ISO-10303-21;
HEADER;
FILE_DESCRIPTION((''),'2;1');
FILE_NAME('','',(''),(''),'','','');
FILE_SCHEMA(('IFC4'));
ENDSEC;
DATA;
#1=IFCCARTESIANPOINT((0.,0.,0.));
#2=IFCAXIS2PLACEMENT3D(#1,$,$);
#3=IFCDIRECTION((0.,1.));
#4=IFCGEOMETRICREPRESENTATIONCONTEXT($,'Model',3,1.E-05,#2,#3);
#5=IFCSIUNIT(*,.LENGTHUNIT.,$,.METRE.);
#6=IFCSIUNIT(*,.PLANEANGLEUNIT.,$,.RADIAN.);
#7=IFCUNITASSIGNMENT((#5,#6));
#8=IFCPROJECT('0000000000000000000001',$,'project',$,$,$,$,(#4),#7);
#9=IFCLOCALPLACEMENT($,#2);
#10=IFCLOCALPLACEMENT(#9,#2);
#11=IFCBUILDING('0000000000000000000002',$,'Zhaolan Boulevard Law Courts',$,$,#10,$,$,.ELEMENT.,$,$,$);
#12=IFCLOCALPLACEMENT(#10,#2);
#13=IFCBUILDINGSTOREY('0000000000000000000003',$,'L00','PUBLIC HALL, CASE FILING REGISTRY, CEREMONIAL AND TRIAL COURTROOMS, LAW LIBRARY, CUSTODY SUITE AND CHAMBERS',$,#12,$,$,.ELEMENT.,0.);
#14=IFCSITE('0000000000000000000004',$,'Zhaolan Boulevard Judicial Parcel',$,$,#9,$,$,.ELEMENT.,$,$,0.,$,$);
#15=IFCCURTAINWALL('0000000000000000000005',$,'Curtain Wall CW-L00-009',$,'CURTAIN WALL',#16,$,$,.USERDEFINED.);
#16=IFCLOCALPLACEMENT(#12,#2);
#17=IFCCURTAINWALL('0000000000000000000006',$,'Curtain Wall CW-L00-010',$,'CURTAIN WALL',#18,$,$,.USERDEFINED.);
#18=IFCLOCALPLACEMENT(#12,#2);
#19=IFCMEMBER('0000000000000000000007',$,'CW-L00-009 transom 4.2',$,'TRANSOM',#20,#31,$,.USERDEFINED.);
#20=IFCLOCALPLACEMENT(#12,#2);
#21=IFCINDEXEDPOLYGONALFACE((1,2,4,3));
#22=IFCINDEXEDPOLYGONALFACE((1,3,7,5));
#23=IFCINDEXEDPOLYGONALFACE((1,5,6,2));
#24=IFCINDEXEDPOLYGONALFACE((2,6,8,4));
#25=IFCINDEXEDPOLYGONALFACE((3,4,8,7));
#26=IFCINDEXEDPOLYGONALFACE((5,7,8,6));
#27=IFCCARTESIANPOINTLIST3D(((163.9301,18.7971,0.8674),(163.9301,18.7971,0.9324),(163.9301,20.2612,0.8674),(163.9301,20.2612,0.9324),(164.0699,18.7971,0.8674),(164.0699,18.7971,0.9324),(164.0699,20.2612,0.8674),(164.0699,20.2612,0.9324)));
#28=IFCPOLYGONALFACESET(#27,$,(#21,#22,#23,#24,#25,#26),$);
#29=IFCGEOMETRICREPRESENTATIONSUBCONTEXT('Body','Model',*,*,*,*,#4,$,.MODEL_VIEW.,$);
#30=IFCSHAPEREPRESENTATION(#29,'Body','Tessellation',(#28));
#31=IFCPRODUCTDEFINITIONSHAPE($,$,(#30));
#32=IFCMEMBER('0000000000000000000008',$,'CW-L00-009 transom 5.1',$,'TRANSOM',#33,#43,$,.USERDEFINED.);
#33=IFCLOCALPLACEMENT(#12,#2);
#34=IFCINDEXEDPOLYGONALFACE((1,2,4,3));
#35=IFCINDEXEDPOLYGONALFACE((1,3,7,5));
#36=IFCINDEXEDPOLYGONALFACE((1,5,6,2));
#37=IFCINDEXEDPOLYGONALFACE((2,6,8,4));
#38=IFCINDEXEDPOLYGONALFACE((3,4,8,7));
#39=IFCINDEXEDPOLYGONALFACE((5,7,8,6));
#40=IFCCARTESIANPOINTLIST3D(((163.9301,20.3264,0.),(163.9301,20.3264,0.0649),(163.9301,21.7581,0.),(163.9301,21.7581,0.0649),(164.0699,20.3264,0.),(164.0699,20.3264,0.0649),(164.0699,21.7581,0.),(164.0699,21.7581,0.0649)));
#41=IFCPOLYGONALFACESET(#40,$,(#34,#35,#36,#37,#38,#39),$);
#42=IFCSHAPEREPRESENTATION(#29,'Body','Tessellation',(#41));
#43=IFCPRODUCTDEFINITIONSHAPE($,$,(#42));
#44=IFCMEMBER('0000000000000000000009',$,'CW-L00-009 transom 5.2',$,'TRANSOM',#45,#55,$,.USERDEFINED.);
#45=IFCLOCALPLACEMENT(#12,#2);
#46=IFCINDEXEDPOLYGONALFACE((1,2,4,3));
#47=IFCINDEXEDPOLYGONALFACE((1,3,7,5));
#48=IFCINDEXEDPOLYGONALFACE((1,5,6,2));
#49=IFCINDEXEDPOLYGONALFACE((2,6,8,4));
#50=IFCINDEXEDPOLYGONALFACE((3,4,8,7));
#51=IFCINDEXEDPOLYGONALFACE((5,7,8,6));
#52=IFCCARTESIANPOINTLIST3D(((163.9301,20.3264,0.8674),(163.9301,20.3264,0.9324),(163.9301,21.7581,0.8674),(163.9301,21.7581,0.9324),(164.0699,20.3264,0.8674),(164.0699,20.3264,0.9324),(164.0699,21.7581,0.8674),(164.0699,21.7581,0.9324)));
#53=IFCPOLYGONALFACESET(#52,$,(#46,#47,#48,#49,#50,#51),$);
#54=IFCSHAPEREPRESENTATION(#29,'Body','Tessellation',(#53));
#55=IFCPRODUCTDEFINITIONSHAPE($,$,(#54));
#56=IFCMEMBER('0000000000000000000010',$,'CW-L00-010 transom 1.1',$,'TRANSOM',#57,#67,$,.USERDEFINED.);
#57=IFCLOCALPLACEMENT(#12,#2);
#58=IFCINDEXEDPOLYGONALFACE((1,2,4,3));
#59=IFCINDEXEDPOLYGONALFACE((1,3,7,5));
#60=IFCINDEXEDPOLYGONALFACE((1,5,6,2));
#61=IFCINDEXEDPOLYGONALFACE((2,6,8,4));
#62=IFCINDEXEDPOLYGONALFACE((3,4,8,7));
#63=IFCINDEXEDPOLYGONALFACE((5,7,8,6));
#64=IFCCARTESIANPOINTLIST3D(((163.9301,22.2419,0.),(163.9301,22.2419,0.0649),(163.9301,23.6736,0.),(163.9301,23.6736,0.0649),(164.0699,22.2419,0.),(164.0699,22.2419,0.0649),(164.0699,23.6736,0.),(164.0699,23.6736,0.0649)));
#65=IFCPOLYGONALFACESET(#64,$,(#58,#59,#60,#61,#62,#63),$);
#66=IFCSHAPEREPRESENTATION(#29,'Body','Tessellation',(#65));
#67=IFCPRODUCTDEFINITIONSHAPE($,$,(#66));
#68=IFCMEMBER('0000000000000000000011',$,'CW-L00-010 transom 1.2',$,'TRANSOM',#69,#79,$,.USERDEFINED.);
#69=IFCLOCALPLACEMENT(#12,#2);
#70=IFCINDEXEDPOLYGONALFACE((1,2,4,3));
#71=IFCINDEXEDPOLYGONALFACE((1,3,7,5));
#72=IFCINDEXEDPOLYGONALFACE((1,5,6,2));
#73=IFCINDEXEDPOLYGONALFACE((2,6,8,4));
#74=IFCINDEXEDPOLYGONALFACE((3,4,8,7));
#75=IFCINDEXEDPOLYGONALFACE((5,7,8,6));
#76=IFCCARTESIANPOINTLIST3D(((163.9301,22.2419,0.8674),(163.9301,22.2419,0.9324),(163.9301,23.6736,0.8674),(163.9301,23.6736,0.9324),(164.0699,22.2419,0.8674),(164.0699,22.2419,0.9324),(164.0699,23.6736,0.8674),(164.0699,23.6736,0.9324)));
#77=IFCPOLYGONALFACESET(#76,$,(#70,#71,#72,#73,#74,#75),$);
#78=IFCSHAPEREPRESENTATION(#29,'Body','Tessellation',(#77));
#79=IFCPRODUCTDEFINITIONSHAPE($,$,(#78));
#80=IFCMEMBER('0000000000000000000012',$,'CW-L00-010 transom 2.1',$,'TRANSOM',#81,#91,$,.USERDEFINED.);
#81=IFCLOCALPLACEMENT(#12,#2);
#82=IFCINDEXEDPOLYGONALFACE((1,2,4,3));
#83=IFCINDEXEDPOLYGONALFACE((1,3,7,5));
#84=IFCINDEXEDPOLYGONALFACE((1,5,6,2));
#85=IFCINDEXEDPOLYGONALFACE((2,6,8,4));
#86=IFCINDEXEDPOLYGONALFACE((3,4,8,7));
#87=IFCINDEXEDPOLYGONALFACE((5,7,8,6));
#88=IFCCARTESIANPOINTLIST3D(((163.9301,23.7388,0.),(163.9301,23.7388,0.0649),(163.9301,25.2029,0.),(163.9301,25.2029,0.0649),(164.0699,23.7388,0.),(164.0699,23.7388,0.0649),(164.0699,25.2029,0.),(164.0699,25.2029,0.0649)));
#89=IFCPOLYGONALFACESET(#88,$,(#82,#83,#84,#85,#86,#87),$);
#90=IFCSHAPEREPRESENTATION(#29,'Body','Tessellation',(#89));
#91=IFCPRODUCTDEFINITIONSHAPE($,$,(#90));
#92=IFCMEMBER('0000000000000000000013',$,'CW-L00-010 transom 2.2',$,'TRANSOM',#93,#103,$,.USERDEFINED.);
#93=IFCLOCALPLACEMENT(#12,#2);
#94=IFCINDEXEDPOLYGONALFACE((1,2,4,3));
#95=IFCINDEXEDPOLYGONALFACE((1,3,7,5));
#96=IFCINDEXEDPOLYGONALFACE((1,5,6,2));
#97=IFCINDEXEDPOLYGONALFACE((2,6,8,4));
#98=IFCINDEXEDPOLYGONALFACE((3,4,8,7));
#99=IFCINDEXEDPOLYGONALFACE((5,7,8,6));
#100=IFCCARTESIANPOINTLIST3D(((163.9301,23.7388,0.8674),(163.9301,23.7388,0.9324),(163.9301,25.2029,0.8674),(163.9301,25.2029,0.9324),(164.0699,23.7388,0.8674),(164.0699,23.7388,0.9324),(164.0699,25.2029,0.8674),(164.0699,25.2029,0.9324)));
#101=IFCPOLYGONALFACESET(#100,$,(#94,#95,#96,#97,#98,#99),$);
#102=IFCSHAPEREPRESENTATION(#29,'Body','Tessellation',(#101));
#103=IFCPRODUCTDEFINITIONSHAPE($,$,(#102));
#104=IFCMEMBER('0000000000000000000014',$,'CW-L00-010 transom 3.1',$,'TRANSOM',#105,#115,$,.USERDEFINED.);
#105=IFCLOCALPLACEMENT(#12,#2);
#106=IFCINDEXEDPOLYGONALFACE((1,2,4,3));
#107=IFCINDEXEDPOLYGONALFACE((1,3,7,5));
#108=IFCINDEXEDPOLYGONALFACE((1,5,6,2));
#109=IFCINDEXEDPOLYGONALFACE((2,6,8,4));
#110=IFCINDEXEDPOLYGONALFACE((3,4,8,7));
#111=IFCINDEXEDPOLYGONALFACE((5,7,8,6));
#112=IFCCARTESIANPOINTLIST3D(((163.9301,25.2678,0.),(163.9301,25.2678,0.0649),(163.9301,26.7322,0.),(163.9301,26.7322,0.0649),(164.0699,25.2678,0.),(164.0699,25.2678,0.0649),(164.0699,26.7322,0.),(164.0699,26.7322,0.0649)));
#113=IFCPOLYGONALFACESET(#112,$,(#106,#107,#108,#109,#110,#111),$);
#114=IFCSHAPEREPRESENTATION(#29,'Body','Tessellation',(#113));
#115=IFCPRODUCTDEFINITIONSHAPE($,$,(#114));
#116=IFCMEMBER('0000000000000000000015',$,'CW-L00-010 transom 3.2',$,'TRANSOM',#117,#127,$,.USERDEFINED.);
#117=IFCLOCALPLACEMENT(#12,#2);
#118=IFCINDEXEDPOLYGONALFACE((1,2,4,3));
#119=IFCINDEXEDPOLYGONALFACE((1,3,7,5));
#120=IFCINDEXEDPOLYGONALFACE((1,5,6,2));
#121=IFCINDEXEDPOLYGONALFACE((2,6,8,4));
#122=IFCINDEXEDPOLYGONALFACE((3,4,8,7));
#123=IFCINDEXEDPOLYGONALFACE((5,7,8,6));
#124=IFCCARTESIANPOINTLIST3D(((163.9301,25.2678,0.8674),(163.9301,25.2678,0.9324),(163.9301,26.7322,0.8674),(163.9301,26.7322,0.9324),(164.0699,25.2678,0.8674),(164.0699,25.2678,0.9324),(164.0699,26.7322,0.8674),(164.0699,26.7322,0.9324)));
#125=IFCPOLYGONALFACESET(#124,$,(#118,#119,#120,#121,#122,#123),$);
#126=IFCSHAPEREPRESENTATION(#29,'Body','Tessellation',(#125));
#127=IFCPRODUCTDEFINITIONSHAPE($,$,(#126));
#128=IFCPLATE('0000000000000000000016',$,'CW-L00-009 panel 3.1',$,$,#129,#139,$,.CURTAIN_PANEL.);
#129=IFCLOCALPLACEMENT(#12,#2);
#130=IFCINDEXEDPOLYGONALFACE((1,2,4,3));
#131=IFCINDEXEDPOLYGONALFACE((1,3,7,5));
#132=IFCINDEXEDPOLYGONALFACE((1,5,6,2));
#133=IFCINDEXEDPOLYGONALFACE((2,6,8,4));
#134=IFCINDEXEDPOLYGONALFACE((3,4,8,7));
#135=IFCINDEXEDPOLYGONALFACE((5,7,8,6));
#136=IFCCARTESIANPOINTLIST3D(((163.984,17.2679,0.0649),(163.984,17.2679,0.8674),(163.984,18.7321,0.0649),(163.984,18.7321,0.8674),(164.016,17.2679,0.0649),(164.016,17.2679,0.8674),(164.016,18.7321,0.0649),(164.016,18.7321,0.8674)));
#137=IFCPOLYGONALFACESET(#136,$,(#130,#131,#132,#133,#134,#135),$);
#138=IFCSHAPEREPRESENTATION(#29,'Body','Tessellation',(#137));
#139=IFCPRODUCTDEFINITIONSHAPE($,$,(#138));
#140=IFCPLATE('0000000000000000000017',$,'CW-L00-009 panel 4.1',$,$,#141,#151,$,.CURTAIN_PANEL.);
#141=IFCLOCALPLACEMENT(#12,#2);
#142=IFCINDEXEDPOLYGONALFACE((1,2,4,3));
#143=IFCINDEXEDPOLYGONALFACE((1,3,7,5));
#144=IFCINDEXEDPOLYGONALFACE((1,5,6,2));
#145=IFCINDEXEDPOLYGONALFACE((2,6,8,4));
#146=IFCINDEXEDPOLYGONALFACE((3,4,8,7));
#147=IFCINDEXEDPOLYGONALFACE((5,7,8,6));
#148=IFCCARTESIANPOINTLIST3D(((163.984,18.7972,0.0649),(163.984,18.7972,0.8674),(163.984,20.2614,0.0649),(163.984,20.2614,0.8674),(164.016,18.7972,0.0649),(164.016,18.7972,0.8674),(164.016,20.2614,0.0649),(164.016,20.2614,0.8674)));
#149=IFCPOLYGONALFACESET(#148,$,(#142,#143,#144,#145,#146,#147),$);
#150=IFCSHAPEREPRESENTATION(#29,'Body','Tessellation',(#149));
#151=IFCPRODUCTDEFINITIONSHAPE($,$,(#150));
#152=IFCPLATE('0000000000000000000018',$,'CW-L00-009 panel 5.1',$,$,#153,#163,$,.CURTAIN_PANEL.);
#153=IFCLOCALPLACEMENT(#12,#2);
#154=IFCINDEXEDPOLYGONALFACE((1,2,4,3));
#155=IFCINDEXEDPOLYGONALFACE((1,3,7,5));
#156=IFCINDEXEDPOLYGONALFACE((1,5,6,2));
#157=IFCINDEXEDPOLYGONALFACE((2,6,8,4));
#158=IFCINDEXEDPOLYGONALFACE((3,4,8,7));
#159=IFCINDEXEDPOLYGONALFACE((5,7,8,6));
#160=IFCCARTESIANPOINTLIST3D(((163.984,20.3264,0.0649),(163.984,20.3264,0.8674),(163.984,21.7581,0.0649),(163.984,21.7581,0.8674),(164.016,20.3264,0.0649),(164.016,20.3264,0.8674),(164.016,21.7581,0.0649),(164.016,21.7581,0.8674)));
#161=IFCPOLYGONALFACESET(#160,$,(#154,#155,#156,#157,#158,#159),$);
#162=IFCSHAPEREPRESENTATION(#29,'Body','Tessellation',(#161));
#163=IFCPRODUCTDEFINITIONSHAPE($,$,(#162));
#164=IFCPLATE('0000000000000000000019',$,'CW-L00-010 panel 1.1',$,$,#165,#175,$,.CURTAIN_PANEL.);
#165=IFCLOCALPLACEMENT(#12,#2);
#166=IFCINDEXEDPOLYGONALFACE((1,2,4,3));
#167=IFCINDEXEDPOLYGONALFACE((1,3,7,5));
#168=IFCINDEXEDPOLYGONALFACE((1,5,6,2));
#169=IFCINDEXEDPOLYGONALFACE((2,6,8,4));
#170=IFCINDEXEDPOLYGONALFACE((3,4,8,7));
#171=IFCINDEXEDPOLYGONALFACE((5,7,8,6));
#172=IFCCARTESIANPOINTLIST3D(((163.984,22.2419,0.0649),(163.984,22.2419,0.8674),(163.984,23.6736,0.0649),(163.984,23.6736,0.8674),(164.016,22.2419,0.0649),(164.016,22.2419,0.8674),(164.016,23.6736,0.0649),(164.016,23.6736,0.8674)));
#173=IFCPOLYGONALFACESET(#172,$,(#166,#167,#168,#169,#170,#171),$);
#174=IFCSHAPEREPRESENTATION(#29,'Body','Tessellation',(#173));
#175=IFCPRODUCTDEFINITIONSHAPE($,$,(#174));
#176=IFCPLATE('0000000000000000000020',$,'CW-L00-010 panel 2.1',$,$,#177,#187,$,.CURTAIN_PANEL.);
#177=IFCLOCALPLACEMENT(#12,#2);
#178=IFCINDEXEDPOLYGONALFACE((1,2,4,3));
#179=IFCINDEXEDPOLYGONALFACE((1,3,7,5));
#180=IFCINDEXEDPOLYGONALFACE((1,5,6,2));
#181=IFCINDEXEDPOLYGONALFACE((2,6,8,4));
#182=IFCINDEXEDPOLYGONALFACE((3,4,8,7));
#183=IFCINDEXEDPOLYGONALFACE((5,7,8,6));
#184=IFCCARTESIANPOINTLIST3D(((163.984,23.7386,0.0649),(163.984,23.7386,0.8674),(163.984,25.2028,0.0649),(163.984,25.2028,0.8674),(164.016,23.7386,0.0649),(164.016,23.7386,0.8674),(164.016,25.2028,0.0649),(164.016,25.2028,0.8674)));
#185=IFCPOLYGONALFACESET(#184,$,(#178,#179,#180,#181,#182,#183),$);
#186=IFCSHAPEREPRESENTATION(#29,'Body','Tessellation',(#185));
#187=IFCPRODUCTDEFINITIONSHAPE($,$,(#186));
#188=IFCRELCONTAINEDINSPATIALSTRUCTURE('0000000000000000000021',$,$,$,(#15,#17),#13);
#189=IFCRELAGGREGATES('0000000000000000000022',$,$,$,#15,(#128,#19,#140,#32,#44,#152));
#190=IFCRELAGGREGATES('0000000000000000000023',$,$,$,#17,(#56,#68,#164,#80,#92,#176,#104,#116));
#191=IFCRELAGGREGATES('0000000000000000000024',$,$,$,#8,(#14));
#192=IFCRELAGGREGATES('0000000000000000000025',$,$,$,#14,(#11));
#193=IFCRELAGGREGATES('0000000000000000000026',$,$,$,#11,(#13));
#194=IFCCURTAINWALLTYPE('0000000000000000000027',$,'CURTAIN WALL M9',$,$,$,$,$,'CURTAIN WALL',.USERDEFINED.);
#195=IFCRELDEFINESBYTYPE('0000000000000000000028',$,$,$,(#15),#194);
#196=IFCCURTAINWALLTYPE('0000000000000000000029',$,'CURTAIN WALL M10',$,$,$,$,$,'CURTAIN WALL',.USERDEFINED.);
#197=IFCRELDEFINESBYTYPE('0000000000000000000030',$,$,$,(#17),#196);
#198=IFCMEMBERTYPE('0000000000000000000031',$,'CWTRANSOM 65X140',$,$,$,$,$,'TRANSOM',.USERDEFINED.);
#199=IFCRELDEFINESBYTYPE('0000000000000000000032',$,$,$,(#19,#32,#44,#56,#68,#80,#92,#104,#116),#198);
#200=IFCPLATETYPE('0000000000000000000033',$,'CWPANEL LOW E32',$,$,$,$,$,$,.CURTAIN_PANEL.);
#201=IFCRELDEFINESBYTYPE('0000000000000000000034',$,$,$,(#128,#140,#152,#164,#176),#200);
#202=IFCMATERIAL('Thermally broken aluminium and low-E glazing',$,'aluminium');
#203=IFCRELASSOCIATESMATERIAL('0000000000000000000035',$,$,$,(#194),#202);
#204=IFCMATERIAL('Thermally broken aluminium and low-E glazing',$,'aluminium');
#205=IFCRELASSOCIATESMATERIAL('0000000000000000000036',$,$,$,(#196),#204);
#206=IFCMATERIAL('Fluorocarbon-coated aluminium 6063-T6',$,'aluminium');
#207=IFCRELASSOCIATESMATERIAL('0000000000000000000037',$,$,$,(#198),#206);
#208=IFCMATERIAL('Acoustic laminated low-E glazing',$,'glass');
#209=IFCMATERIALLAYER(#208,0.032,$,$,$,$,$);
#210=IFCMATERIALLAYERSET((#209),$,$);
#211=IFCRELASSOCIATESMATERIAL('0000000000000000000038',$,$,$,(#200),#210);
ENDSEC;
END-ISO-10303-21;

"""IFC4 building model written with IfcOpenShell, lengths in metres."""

from ifc_helpers import new_model, si_unit, direction, frame, origin, origin_2d, place, context, subcontext, project, spatial, rectangle, extrude, material, layer, layer_set, material_profile, profile_set, type_object, element, aggregate, save


model = new_model("IFC4")

# Units and contexts
model_context = context("Model", 3, precision=1e-05, world=origin(), true_north=direction((0.0, 1.0)))
body_context = subcontext(model_context, "Body", "Model", "MODEL_VIEW")
ifc_project = project(units=[si_unit("LENGTHUNIT", "METRE"), si_unit("PLANEANGLEUNIT", "RADIAN")], contexts=[model_context])

# Site, building, storey
site_placement = place(None, origin())
site = spatial("IfcSite", under=ifc_project, at=site_placement, Name="Zhaolan Boulevard Judicial Parcel", CompositionType="ELEMENT", RefElevation=0.0)
building_placement = place(site_placement, origin())
building = spatial("IfcBuilding", under=site, at=building_placement, Name="Zhaolan Boulevard Law Courts", CompositionType="ELEMENT")
storey_placement = place(building_placement, origin())
storey = spatial("IfcBuildingStorey", under=building, at=storey_placement, Name="L00", Description="PUBLIC HALL, CASE FILING REGISTRY, CEREMONIAL AND TRIAL COURTROOMS, LAW LIBRARY, CUSTODY SUITE AND CHAMBERS", CompositionType="ELEMENT", Elevation=0.0)

# Curtain walls
ifc_material_1 = material(Name="Thermally broken aluminium and low-E glazing", Category="aluminium")
curtain_wall_type_1 = type_object("IfcCurtainWallType", Name="CURTAIN WALL M9", ElementType="CURTAIN WALL", PredefinedType="USERDEFINED", material=ifc_material_1)
curtain_wall_1_placement = place(storey_placement, origin())
curtain_wall_1 = element("IfcCurtainWall", 1, at=curtain_wall_1_placement, inside=storey, type_object=curtain_wall_type_1, Name="Curtain Wall CW-L00-009", ObjectType="CURTAIN WALL", PredefinedType="USERDEFINED")
ifc_material_2 = material(Name="Thermally broken aluminium and low-E glazing", Category="aluminium")
curtain_wall_type_2 = type_object("IfcCurtainWallType", Name="CURTAIN WALL M10", ElementType="CURTAIN WALL", PredefinedType="USERDEFINED", material=ifc_material_2)
curtain_wall_2_placement = place(storey_placement, origin())
curtain_wall_2 = element("IfcCurtainWall", 2, at=curtain_wall_2_placement, inside=storey, type_object=curtain_wall_type_2, Name="Curtain Wall CW-L00-010", ObjectType="CURTAIN WALL", PredefinedType="USERDEFINED")

# Members
ifc_material_3 = material(Name="Fluorocarbon-coated aluminium 6063-T6", Category="aluminium")
ifc_material_profile_1 = material_profile(ifc_material_3, rectangle(XDim=0.1399, YDim=0.0649, at=origin_2d()), Name="AL65x140")
ifc_profile_set_1 = profile_set([ifc_material_profile_1], Name="Fluorocarbon-coated aluminium 6063-T6")
member_type_1 = type_object("IfcMemberType", Name="CWTRANSOM 65X140", ElementType="TRANSOM", PredefinedType="USERDEFINED", material=ifc_profile_set_1)
member_1_placement = place(storey_placement, frame((164.0, 18.7971, 0.8999), z_axis=(0.0, 1.0, 0.0), x_axis=(-1.0, 0.0, 0.0)))
member_1 = element("IfcMember", 3, at=member_1_placement, type_object=member_type_1, Name="CW-L00-009 transom 4.2", ObjectType="TRANSOM", PredefinedType="USERDEFINED", context=body_context, shape_type="SweptSolid", body=[
    extrude(rectangle(XDim=0.1399, YDim=0.0649, at=origin_2d()), origin(), (0.0, 0.0, 1.0), 1.4641),
])
member_2_placement = place(storey_placement, frame((164.0, 20.3264, 0.0325), z_axis=(0.0, 1.0, 0.0), x_axis=(-1.0, 0.0, 0.0)))
member_2 = element("IfcMember", 4, at=member_2_placement, type_object=member_type_1, Name="CW-L00-009 transom 5.1", ObjectType="TRANSOM", PredefinedType="USERDEFINED", context=body_context, shape_type="SweptSolid", body=[
    extrude(rectangle(XDim=0.1399, YDim=0.0649, at=origin_2d()), origin(), (0.0, 0.0, 1.0), 1.4316),
])
member_3_placement = place(storey_placement, frame((164.0, 20.3264, 0.8999), z_axis=(0.0, 1.0, 0.0), x_axis=(-1.0, 0.0, 0.0)))
member_3 = element("IfcMember", 5, at=member_3_placement, type_object=member_type_1, Name="CW-L00-009 transom 5.2", ObjectType="TRANSOM", PredefinedType="USERDEFINED", context=body_context, shape_type="SweptSolid", body=[
    extrude(rectangle(XDim=0.1399, YDim=0.0649, at=origin_2d()), origin(), (0.0, 0.0, 1.0), 1.4316),
])
member_4_placement = place(storey_placement, frame((164.0, 22.2419, 0.0325), z_axis=(0.0, 1.0, 0.0), x_axis=(-1.0, 0.0, 0.0)))
member_4 = element("IfcMember", 6, at=member_4_placement, type_object=member_type_1, Name="CW-L00-010 transom 1.1", ObjectType="TRANSOM", PredefinedType="USERDEFINED", context=body_context, shape_type="SweptSolid", body=[
    extrude(rectangle(XDim=0.1399, YDim=0.0649, at=origin_2d()), origin(), (0.0, 0.0, 1.0), 1.4316),
])
member_5_placement = place(storey_placement, frame((164.0, 22.2419, 0.8999), z_axis=(0.0, 1.0, 0.0), x_axis=(-1.0, 0.0, 0.0)))
member_5 = element("IfcMember", 7, at=member_5_placement, type_object=member_type_1, Name="CW-L00-010 transom 1.2", ObjectType="TRANSOM", PredefinedType="USERDEFINED", context=body_context, shape_type="SweptSolid", body=[
    extrude(rectangle(XDim=0.1399, YDim=0.0649, at=origin_2d()), origin(), (0.0, 0.0, 1.0), 1.4316),
])
member_6_placement = place(storey_placement, frame((164.0, 23.7388, 0.0325), z_axis=(0.0, 1.0, 0.0), x_axis=(-1.0, 0.0, 0.0)))
member_6 = element("IfcMember", 8, at=member_6_placement, type_object=member_type_1, Name="CW-L00-010 transom 2.1", ObjectType="TRANSOM", PredefinedType="USERDEFINED", context=body_context, shape_type="SweptSolid", body=[
    extrude(rectangle(XDim=0.1399, YDim=0.0649, at=origin_2d()), origin(), (0.0, 0.0, 1.0), 1.4641),
])
member_7_placement = place(storey_placement, frame((164.0, 23.7388, 0.8999), z_axis=(0.0, 1.0, 0.0), x_axis=(-1.0, 0.0, 0.0)))
member_7 = element("IfcMember", 9, at=member_7_placement, type_object=member_type_1, Name="CW-L00-010 transom 2.2", ObjectType="TRANSOM", PredefinedType="USERDEFINED", context=body_context, shape_type="SweptSolid", body=[
    extrude(rectangle(XDim=0.1399, YDim=0.0649, at=origin_2d()), origin(), (0.0, 0.0, 1.0), 1.4641),
])
member_8_placement = place(storey_placement, frame((164.0, 25.2678, 0.0325), z_axis=(0.0, 1.0, 0.0), x_axis=(-1.0, 0.0, 0.0)))
member_8 = element("IfcMember", 10, at=member_8_placement, type_object=member_type_1, Name="CW-L00-010 transom 3.1", ObjectType="TRANSOM", PredefinedType="USERDEFINED", context=body_context, shape_type="SweptSolid", body=[
    extrude(rectangle(XDim=0.1399, YDim=0.0649, at=origin_2d()), origin(), (0.0, 0.0, 1.0), 1.4644),
])
member_9_placement = place(storey_placement, frame((164.0, 25.2678, 0.8999), z_axis=(0.0, 1.0, 0.0), x_axis=(-1.0, 0.0, 0.0)))
member_9 = element("IfcMember", 11, at=member_9_placement, type_object=member_type_1, Name="CW-L00-010 transom 3.2", ObjectType="TRANSOM", PredefinedType="USERDEFINED", context=body_context, shape_type="SweptSolid", body=[
    extrude(rectangle(XDim=0.1399, YDim=0.0649, at=origin_2d()), origin(), (0.0, 0.0, 1.0), 1.4644),
])

# Plates
ifc_material_4 = material(Name="Acoustic laminated low-E glazing", Category="glass")
ifc_layer_1 = layer(ifc_material_4, 0.032)
ifc_layer_set_1 = layer_set([ifc_layer_1])
plate_type = type_object("IfcPlateType", Name="CWPANEL LOW E32", PredefinedType="CURTAIN_PANEL", material=ifc_layer_set_1)
plate_1_placement = place(storey_placement, frame((164.0, 18.0, 0.0649), z_axis=(0.0, 0.0, 1.0), x_axis=(0.0, 1.0, 0.0)))
plate_1 = element("IfcPlate", 12, at=plate_1_placement, type_object=plate_type, Name="CW-L00-009 panel 3.1", PredefinedType="CURTAIN_PANEL", context=body_context, shape_type="SweptSolid", body=[
    extrude(rectangle(XDim=1.4641, YDim=0.032, at=origin_2d()), origin(), (0.0, 0.0, 1.0), 0.8025),
])
plate_2_placement = place(storey_placement, frame((164.0, 19.5293, 0.0649), z_axis=(0.0, 0.0, 1.0), x_axis=(0.0, 1.0, 0.0)))
plate_2 = element("IfcPlate", 13, at=plate_2_placement, type_object=plate_type, Name="CW-L00-009 panel 4.1", PredefinedType="CURTAIN_PANEL", context=body_context, shape_type="SweptSolid", body=[
    extrude(rectangle(XDim=1.4641, YDim=0.032, at=origin_2d()), origin(), (0.0, 0.0, 1.0), 0.8025),
])
plate_3_placement = place(storey_placement, frame((164.0, 21.0422, 0.0649), z_axis=(0.0, 0.0, 1.0), x_axis=(0.0, 1.0, 0.0)))
plate_3 = element("IfcPlate", 14, at=plate_3_placement, type_object=plate_type, Name="CW-L00-009 panel 5.1", PredefinedType="CURTAIN_PANEL", context=body_context, shape_type="SweptSolid", body=[
    extrude(rectangle(XDim=1.4316, YDim=0.032, at=origin_2d()), origin(), (0.0, 0.0, 1.0), 0.8025),
])
aggregate(curtain_wall_1, [plate_1, member_1, plate_2, member_2, member_3, plate_3])
plate_4_placement = place(storey_placement, frame((164.0, 22.9578, 0.0649), z_axis=(0.0, 0.0, 1.0), x_axis=(0.0, 1.0, 0.0)))
plate_4 = element("IfcPlate", 15, at=plate_4_placement, type_object=plate_type, Name="CW-L00-010 panel 1.1", PredefinedType="CURTAIN_PANEL", context=body_context, shape_type="SweptSolid", body=[
    extrude(rectangle(XDim=1.4316, YDim=0.032, at=origin_2d()), origin(), (0.0, 0.0, 1.0), 0.8025),
])
plate_5_placement = place(storey_placement, frame((164.0, 24.4707, 0.0649), z_axis=(0.0, 0.0, 1.0), x_axis=(0.0, 1.0, 0.0)))
plate_5 = element("IfcPlate", 16, at=plate_5_placement, type_object=plate_type, Name="CW-L00-010 panel 2.1", PredefinedType="CURTAIN_PANEL", context=body_context, shape_type="SweptSolid", body=[
    extrude(rectangle(XDim=1.4641, YDim=0.032, at=origin_2d()), origin(), (0.0, 0.0, 1.0), 0.8025),
])
aggregate(curtain_wall_2, [member_4, member_5, plate_4, member_6, member_7, plate_5, member_8, member_9])

save(model, "model.ifc")
